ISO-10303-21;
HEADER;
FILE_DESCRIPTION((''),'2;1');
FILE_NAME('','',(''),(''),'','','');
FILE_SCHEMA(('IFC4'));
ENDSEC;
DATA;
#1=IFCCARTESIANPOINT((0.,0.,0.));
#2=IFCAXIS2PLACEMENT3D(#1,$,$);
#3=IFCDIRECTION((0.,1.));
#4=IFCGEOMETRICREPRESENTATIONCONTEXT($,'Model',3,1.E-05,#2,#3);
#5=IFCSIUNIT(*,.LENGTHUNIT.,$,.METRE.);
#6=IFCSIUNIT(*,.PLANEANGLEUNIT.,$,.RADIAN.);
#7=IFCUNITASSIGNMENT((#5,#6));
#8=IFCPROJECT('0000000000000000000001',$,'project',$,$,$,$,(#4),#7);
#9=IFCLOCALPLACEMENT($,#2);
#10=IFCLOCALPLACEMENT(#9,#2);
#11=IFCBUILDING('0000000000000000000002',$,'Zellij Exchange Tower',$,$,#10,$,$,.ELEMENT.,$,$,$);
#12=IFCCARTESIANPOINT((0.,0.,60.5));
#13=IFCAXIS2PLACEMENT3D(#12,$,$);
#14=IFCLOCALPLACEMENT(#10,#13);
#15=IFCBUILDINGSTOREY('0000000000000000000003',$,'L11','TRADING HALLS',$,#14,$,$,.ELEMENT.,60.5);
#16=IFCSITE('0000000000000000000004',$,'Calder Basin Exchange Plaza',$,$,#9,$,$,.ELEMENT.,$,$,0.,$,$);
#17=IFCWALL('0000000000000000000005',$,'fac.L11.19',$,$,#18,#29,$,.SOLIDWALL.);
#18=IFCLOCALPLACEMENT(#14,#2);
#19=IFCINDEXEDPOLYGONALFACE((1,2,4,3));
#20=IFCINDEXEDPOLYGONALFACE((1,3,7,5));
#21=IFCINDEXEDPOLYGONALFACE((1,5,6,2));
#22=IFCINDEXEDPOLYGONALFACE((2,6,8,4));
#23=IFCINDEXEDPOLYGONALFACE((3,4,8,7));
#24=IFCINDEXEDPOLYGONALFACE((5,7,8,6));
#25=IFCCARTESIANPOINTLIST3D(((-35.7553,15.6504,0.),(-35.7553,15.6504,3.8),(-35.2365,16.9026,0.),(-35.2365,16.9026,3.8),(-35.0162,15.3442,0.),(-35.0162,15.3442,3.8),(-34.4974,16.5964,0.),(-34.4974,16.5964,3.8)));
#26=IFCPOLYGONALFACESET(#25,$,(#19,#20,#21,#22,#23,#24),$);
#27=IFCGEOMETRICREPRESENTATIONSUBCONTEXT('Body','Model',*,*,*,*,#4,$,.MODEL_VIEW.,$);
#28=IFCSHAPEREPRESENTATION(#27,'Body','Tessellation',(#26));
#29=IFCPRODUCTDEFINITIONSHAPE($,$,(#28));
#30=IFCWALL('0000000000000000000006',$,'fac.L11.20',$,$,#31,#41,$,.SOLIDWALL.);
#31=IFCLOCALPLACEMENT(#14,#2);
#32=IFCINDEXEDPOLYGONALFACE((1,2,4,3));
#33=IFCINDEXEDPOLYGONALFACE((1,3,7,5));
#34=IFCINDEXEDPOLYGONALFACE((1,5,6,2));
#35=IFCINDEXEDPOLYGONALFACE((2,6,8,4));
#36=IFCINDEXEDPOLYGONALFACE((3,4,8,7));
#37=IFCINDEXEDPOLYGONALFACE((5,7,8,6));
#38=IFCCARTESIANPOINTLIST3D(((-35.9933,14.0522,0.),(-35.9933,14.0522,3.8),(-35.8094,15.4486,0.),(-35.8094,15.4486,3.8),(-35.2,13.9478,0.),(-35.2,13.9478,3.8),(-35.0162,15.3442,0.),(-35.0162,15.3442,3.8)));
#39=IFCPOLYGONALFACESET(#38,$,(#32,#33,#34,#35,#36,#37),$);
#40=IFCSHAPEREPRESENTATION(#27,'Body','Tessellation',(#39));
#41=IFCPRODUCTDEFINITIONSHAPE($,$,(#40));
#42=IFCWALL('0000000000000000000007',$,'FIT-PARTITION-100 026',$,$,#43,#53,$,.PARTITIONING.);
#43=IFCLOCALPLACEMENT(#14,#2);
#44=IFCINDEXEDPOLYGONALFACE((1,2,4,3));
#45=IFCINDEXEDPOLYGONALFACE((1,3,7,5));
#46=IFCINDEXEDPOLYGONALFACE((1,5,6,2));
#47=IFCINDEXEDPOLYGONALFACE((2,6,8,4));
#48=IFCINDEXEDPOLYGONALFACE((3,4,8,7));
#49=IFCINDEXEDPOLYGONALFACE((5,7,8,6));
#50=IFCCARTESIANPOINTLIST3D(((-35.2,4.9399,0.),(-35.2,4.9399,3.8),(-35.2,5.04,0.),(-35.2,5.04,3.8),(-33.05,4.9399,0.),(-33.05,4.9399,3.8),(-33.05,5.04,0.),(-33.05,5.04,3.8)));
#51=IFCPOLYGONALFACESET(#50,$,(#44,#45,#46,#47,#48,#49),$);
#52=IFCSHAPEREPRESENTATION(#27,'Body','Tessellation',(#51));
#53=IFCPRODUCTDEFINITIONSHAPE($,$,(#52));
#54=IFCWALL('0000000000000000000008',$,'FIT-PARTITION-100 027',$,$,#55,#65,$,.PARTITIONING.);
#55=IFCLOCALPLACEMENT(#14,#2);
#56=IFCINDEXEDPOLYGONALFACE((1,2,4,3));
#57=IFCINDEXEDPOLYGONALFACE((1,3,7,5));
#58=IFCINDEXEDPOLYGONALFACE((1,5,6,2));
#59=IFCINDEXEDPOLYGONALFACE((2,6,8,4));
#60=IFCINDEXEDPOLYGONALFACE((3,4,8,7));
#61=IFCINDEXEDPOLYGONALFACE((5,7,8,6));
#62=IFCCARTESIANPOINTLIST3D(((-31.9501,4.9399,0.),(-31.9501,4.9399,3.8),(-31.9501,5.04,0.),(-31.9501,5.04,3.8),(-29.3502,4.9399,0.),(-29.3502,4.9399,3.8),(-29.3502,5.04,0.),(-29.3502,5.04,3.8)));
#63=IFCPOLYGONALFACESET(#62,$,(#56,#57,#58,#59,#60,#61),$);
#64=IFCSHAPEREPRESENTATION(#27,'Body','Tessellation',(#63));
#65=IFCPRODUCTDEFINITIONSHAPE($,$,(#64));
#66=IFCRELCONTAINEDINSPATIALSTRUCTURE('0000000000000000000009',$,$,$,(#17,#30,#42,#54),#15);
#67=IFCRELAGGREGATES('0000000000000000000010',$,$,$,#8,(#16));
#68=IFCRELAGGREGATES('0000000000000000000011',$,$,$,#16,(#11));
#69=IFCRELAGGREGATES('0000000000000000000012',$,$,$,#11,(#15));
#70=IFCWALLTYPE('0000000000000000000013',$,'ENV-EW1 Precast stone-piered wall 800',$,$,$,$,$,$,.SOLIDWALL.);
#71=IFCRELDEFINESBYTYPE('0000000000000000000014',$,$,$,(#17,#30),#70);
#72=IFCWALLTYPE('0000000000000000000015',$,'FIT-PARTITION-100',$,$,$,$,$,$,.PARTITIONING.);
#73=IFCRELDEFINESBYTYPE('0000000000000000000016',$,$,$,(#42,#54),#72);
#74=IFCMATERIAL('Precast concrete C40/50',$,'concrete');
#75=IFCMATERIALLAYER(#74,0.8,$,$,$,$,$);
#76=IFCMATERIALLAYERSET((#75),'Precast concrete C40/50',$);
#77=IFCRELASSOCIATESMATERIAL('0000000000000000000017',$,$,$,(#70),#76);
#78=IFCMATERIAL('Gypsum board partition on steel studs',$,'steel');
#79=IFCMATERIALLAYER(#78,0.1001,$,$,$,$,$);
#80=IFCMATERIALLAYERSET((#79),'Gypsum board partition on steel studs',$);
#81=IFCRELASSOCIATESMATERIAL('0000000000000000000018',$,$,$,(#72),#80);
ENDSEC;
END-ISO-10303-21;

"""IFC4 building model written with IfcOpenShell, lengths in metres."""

from ifc_helpers import new_model, si_unit, direction, frame, frame_2d, origin, place, context, subcontext, project, spatial, rectangle, extrude, material, layer, layer_set, type_object, element, save


model = new_model("IFC4")

# Units and contexts
model_context = context("Model", 3, precision=1e-05, world=origin(), true_north=direction((0.0, 1.0)))
body_context = subcontext(model_context, "Body", "Model", "MODEL_VIEW")
ifc_project = project(units=[si_unit("LENGTHUNIT", "METRE"), si_unit("PLANEANGLEUNIT", "RADIAN")], contexts=[model_context])

# Site, building, storey
site_placement = place(None, origin())
site = spatial("IfcSite", under=ifc_project, at=site_placement, Name="Calder Basin Exchange Plaza", CompositionType="ELEMENT", RefElevation=0.0)
building_placement = place(site_placement, origin())
building = spatial("IfcBuilding", under=site, at=building_placement, Name="Zellij Exchange Tower", CompositionType="ELEMENT")
storey_placement = place(building_placement, frame((0.0, 0.0, 60.5)))
storey = spatial("IfcBuildingStorey", under=building, at=storey_placement, Name="L11", Description="TRADING HALLS", CompositionType="ELEMENT", Elevation=60.5)

# Walls
ifc_material_1 = material(Name="Precast concrete C40/50", Category="concrete")
ifc_layer_1 = layer(ifc_material_1, 0.8)
ifc_layer_set_1 = layer_set([ifc_layer_1], Name="Precast concrete C40/50")
wall_type_1 = type_object("IfcWallType", Name="ENV-EW1 Precast stone-piered wall 800", PredefinedType="SOLIDWALL", material=ifc_layer_set_1)
wall_1_placement = place(storey_placement, frame((-34.8669, 16.7495, 0.0), z_axis=(0.0, 0.0, 1.0), x_axis=(-0.38276, -0.923848, 0.0)))
element("IfcWall", 1, at=wall_1_placement, inside=storey, type_object=wall_type_1, Name="fac.L11.19", PredefinedType="SOLIDWALL", context=body_context, shape_type="SweptSolid", body=[
    extrude(rectangle(XDim=1.3555, YDim=0.8, at=frame_2d((0.6777, 0.0))), origin(), (0.0, 0.0, 1.0), 3.8),
])
wall_2_placement = place(storey_placement, frame((-35.4128, 15.3962, 0.0), z_axis=(0.0, 0.0, 1.0), x_axis=(-0.130517, -0.991446, 0.0)))
element("IfcWall", 2, at=wall_2_placement, inside=storey, type_object=wall_type_1, Name="fac.L11.20", PredefinedType="SOLIDWALL", context=body_context, shape_type="SweptSolid", body=[
    extrude(rectangle(XDim=1.4084, YDim=0.8, at=frame_2d((0.7041, 0.0))), origin(), (0.0, 0.0, 1.0), 3.8),
])

# Walls
ifc_material_2 = material(Name="Gypsum board partition on steel studs", Category="steel")
ifc_layer_2 = layer(ifc_material_2, 0.1001)
ifc_layer_set_2 = layer_set([ifc_layer_2], Name="Gypsum board partition on steel studs")
wall_type_2 = type_object("IfcWallType", Name="FIT-PARTITION-100", PredefinedType="PARTITIONING", material=ifc_layer_set_2)
wall_3_placement = place(storey_placement, frame((-35.2, 4.99, 0.0), z_axis=(0.0, 0.0, 1.0), x_axis=(1.0, 0.0, 0.0)))
element("IfcWall", 3, at=wall_3_placement, inside=storey, type_object=wall_type_2, Name="FIT-PARTITION-100 026", PredefinedType="PARTITIONING", context=body_context, shape_type="SweptSolid", body=[
    extrude(rectangle(XDim=2.1499, YDim=0.1001, at=frame_2d((1.075, 0.0))), origin(), (0.0, 0.0, 1.0), 3.8),
])
wall_4_placement = place(storey_placement, frame((-31.95, 4.99, 0.0), z_axis=(0.0, 0.0, 1.0), x_axis=(1.0, 0.0, 0.0)))
element("IfcWall", 4, at=wall_4_placement, inside=storey, type_object=wall_type_2, Name="FIT-PARTITION-100 027", PredefinedType="PARTITIONING", context=body_context, shape_type="SweptSolid", body=[
    extrude(rectangle(XDim=2.5999, YDim=0.1001, at=frame_2d((1.2998, 0.0))), origin(), (0.0, 0.0, 1.0), 3.8),
])

save(model, "model.ifc")
